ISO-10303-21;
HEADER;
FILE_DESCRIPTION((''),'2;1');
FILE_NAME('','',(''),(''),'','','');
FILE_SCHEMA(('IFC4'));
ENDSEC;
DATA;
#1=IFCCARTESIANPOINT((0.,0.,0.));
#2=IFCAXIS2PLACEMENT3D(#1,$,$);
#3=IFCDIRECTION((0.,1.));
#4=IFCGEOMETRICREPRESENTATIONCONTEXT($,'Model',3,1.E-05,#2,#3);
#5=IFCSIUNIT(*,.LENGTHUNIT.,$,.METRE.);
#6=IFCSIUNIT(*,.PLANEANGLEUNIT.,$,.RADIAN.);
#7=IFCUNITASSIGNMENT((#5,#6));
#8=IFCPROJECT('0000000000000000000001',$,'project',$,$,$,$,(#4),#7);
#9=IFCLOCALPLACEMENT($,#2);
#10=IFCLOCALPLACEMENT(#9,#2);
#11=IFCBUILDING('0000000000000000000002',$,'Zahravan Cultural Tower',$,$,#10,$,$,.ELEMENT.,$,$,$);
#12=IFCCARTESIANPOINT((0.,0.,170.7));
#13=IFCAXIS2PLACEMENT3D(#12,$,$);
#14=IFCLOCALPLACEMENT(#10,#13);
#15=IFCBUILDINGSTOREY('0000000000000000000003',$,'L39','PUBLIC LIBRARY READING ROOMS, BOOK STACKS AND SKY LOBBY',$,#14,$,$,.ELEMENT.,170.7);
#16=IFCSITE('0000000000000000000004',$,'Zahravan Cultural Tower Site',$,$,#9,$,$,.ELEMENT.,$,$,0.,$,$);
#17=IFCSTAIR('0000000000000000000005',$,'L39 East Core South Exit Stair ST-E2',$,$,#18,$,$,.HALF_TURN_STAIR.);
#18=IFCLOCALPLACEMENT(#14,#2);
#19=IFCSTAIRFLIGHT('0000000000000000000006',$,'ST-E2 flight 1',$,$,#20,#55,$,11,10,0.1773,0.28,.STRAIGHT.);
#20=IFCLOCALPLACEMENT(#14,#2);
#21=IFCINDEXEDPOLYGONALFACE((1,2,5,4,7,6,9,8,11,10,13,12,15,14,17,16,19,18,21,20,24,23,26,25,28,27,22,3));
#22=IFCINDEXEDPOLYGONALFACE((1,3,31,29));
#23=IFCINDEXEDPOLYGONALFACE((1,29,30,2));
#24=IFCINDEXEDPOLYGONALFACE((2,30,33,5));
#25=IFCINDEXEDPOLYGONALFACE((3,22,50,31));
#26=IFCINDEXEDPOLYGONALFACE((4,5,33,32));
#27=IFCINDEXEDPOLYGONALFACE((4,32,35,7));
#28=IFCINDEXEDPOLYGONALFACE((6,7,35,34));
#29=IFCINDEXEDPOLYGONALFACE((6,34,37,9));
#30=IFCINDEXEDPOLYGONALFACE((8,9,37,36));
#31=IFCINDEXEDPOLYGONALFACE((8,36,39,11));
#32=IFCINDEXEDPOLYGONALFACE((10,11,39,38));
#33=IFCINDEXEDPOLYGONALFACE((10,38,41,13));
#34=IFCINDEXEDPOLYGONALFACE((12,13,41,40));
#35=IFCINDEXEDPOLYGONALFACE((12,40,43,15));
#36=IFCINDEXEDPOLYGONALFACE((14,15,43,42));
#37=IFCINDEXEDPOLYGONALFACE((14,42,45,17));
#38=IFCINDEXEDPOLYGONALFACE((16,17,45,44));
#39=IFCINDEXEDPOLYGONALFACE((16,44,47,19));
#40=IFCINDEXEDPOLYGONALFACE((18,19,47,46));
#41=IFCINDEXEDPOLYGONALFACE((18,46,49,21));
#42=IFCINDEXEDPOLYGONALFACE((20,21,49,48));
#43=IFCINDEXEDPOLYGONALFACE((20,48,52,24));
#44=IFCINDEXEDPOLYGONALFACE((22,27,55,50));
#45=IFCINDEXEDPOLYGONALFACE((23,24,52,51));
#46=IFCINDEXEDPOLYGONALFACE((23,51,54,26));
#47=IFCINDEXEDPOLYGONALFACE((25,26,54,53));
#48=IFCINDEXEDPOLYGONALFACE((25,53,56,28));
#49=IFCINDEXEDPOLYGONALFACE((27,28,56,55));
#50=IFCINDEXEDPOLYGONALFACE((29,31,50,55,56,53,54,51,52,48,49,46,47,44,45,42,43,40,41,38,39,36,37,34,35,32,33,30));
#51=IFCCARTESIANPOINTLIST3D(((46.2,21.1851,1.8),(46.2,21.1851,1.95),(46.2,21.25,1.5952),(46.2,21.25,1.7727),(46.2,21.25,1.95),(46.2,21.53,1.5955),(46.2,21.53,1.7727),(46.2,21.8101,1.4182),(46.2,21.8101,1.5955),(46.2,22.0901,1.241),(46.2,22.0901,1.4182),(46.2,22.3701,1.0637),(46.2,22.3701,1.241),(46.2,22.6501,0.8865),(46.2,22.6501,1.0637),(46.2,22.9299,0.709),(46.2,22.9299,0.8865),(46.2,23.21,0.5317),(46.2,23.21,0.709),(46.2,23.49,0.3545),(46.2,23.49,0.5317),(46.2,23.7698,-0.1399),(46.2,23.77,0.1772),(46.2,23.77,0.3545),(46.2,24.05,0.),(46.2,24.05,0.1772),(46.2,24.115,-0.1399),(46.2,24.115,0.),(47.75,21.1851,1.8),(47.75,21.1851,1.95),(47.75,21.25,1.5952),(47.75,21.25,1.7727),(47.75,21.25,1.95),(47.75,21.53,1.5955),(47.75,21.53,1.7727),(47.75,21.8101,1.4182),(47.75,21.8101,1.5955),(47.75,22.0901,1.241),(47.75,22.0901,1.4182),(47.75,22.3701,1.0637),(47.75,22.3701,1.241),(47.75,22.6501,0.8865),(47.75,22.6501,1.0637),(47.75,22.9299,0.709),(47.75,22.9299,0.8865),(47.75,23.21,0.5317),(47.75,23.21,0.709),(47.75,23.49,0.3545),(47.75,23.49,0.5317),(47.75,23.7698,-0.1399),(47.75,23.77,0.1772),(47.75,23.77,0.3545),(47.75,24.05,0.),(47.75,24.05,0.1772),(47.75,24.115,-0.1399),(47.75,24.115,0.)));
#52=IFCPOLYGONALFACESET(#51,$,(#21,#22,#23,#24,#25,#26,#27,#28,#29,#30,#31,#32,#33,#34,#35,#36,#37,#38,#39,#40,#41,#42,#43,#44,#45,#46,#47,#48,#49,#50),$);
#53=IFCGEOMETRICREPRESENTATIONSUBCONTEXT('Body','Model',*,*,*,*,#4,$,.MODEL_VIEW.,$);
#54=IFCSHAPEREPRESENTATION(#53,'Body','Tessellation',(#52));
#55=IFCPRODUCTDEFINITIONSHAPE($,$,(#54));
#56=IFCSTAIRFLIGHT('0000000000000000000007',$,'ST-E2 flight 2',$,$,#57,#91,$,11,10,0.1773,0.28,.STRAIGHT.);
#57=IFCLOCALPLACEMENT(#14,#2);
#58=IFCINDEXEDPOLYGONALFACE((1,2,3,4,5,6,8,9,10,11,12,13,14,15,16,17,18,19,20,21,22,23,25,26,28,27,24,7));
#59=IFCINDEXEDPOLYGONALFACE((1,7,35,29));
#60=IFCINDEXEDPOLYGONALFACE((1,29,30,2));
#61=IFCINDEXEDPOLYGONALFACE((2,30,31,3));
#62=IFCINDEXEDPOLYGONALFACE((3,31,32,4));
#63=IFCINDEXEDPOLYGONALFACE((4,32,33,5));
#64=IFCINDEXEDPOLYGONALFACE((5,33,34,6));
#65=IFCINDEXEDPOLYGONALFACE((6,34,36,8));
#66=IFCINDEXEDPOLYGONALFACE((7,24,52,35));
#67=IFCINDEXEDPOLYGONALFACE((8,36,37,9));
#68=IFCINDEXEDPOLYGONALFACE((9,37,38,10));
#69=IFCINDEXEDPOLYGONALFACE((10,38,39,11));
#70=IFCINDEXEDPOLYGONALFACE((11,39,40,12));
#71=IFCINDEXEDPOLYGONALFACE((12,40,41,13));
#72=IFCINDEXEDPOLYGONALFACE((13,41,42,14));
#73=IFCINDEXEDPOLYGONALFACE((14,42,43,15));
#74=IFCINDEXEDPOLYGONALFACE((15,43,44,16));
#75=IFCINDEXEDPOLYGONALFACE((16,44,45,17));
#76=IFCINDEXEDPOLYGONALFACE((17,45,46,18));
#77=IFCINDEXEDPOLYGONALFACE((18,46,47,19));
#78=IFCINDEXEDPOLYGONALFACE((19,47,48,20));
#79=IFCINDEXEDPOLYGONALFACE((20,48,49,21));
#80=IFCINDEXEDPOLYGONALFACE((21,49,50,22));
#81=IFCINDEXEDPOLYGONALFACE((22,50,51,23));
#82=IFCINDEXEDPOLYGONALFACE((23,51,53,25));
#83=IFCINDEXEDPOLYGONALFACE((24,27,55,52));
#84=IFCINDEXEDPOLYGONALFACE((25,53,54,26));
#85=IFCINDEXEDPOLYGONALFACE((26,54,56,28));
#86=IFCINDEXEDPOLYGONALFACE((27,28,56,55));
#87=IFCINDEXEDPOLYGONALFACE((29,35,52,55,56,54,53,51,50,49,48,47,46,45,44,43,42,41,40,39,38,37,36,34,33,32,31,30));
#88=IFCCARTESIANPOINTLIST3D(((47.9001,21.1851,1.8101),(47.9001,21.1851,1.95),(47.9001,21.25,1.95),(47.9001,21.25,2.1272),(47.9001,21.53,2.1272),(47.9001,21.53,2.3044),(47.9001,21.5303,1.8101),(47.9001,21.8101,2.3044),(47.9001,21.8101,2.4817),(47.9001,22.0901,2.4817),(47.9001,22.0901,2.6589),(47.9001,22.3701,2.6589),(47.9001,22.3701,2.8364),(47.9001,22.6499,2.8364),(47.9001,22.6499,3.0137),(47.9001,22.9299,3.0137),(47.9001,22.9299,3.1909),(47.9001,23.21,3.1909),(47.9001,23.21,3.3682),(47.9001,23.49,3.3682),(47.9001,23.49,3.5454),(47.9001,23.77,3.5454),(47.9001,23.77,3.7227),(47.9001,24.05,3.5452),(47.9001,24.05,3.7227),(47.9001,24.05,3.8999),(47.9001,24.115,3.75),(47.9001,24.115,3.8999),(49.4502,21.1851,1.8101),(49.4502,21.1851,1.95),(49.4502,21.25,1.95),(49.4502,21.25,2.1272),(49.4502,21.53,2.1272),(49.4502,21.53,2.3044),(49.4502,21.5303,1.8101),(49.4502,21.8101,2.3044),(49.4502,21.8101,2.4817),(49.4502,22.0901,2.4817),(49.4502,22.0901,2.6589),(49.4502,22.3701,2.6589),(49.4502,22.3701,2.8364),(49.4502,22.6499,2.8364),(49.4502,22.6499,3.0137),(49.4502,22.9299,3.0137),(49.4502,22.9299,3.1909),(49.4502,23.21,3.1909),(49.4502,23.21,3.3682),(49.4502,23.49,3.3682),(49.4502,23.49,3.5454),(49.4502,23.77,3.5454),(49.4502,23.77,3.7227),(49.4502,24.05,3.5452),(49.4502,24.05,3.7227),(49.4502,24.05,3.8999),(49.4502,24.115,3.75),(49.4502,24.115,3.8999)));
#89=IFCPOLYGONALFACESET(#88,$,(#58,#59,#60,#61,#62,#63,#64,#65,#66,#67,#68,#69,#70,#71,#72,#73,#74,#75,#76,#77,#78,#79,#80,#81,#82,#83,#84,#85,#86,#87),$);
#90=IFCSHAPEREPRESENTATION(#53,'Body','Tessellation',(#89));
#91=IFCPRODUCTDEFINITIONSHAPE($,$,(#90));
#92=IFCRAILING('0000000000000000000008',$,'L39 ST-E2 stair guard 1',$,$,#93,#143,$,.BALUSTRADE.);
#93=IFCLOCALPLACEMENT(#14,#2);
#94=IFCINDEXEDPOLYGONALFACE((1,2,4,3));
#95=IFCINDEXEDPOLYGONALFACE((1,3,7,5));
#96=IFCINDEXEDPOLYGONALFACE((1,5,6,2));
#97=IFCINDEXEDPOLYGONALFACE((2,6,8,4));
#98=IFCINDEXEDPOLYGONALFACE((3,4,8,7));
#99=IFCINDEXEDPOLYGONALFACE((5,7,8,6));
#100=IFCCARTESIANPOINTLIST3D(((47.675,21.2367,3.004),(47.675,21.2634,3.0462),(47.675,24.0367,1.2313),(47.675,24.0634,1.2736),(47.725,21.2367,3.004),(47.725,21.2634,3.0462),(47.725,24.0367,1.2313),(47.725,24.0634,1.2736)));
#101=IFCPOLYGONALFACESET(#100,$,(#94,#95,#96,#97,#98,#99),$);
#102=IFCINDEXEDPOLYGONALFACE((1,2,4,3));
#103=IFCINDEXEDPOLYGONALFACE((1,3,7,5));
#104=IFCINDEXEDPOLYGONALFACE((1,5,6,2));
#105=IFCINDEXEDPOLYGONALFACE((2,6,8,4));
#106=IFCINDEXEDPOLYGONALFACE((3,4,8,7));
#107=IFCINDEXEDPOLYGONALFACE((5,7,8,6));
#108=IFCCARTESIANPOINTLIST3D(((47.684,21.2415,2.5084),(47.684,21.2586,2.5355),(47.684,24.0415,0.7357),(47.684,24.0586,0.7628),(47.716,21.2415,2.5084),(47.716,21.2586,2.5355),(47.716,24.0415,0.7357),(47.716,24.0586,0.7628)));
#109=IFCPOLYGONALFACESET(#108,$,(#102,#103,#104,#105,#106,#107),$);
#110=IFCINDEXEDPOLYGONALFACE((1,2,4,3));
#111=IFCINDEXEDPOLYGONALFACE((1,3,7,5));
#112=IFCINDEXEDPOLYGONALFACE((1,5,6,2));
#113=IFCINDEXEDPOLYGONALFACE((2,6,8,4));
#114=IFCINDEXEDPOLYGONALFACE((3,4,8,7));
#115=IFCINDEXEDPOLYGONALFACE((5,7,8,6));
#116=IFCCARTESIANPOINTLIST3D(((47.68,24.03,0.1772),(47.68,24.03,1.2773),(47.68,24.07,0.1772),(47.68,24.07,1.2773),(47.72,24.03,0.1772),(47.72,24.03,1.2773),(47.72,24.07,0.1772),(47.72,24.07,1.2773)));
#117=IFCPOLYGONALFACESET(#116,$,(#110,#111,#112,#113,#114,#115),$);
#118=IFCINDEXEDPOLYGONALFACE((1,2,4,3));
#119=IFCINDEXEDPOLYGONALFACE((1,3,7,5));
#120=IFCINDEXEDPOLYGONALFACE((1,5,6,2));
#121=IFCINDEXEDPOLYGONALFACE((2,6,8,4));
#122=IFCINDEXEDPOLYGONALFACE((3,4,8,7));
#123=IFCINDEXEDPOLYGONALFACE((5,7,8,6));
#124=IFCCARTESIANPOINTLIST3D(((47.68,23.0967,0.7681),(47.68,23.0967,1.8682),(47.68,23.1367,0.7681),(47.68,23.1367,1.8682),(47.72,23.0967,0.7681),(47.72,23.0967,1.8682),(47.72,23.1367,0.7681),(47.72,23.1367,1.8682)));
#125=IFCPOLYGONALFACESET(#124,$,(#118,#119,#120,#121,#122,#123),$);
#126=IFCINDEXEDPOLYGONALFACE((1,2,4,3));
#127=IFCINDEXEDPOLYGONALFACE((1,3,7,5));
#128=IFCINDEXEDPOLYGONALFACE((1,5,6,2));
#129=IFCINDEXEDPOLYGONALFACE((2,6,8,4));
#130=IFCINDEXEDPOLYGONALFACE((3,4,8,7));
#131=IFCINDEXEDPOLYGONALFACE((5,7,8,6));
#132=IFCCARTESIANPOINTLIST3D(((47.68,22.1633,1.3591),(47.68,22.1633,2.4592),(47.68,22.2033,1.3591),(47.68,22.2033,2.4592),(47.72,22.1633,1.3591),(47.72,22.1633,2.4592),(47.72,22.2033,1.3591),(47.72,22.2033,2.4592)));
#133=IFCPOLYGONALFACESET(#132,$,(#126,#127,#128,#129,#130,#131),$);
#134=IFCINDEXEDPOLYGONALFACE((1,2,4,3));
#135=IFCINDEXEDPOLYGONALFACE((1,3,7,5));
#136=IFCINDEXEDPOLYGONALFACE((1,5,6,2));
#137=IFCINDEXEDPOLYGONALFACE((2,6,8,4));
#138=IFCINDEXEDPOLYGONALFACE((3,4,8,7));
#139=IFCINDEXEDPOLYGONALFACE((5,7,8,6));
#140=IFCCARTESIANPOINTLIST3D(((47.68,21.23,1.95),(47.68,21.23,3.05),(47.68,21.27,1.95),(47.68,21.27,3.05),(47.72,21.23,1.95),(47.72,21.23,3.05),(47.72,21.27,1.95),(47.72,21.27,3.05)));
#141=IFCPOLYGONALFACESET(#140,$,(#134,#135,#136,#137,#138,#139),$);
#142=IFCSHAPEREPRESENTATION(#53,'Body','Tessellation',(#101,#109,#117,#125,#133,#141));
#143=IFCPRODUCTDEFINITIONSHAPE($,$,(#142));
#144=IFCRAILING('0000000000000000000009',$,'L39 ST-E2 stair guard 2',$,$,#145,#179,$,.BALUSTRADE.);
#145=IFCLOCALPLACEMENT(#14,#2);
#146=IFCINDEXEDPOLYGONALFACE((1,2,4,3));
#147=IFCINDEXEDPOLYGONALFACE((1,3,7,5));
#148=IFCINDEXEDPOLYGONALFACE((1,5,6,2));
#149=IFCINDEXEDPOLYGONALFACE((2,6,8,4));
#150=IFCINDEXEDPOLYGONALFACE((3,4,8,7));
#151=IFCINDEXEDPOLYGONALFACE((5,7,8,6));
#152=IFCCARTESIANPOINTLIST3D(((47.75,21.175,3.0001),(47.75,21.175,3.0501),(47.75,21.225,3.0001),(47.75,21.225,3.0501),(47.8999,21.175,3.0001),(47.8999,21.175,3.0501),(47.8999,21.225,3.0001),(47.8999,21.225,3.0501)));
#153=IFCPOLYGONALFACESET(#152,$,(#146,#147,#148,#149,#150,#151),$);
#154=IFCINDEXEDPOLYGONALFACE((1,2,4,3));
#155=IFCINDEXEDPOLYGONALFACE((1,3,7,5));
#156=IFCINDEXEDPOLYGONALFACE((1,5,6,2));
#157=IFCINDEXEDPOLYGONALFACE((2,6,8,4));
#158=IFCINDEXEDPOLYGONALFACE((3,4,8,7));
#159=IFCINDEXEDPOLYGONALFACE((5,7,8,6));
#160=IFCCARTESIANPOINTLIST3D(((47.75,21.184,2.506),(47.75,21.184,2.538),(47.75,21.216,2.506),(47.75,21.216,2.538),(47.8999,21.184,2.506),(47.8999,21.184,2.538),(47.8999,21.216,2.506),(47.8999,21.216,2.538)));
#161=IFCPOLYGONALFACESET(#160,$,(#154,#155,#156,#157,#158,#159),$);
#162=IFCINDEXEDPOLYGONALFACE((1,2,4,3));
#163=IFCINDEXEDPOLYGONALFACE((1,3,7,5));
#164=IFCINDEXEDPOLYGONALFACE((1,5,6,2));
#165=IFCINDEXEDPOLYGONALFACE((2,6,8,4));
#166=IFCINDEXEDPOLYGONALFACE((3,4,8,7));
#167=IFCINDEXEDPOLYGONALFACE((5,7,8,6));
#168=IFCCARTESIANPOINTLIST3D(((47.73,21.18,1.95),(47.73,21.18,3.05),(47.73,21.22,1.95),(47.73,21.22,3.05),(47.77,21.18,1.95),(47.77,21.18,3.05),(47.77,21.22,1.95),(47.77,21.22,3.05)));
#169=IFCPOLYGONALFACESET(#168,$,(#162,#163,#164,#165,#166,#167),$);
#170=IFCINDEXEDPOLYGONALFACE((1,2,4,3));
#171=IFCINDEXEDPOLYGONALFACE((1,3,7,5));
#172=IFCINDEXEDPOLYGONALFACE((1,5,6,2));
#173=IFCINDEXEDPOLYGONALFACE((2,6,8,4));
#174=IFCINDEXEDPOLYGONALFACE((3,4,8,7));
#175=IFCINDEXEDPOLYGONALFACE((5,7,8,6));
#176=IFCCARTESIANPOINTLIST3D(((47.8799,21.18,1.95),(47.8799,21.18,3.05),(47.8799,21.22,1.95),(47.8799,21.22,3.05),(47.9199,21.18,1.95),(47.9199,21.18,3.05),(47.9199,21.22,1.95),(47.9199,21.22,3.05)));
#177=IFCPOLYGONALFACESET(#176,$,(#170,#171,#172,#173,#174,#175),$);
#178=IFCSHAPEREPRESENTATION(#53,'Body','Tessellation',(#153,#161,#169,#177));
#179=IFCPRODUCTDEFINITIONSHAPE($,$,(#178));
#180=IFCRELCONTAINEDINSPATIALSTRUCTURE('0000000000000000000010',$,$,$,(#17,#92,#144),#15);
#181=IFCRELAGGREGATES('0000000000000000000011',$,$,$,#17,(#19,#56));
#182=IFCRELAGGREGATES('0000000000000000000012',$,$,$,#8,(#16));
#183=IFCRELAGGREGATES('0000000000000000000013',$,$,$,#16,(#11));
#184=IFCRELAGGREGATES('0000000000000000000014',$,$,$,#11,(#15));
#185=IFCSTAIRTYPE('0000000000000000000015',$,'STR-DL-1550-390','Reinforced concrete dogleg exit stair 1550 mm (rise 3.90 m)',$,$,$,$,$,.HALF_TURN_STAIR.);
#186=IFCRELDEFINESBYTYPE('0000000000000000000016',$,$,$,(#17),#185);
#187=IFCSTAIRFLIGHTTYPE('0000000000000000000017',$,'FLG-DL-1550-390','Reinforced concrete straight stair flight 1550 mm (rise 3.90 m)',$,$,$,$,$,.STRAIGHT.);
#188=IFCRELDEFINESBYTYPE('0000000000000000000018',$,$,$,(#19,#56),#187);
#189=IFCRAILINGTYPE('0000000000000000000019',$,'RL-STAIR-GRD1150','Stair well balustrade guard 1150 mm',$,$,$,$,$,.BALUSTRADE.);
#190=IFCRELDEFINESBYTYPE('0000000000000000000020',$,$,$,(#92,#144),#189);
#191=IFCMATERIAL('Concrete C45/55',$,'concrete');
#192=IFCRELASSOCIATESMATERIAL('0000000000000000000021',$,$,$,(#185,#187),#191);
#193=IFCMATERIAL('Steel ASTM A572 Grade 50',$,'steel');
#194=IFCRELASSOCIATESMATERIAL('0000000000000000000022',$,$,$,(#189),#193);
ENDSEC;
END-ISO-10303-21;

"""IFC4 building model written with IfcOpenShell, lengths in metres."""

from ifc_helpers import new_model, si_unit, direction, frame, origin, origin_2d, place, context, subcontext, project, spatial, polyline, rectangle, outline, extrude, material, type_object, element, aggregate, save


model = new_model("IFC4")

# Units and contexts
model_context = context("Model", 3, precision=1e-05, world=origin(), true_north=direction((0.0, 1.0)))
body_context = subcontext(model_context, "Body", "Model", "MODEL_VIEW")
ifc_project = project(units=[si_unit("LENGTHUNIT", "METRE"), si_unit("PLANEANGLEUNIT", "RADIAN")], contexts=[model_context])

# Site, building, storey
site_placement = place(None, origin())
site = spatial("IfcSite", under=ifc_project, at=site_placement, Name="Zahravan Cultural Tower Site", CompositionType="ELEMENT", RefElevation=0.0)
building_placement = place(site_placement, origin())
building = spatial("IfcBuilding", under=site, at=building_placement, Name="Zahravan Cultural Tower", CompositionType="ELEMENT")
storey_placement = place(building_placement, frame((0.0, 0.0, 170.7)))
storey = spatial("IfcBuildingStorey", under=building, at=storey_placement, Name="L39", Description="PUBLIC LIBRARY READING ROOMS, BOOK STACKS AND SKY LOBBY", CompositionType="ELEMENT", Elevation=170.7)

# Shared definitions
ifc_material_1 = material(Name="Concrete C45/55", Category="concrete")

# Stair, stair flights
stair_type = type_object("IfcStairType", Name="STR-DL-1550-390", Description="Reinforced concrete dogleg exit stair 1550 mm (rise 3.90 m)", PredefinedType="HALF_TURN_STAIR", material=ifc_material_1)
stair_placement = place(storey_placement, origin())
stair = element("IfcStair", 1, at=stair_placement, inside=storey, type_object=stair_type, Name="L39 East Core South Exit Stair ST-E2", PredefinedType="HALF_TURN_STAIR")
stair_flight_type = type_object("IfcStairFlightType", Name="FLG-DL-1550-390", Description="Reinforced concrete straight stair flight 1550 mm (rise 3.90 m)", PredefinedType="STRAIGHT", material=ifc_material_1)
stair_flight_1_placement = place(storey_placement, frame((46.9751, 24.05, 0.0), z_axis=(0.0, 0.0, 1.0), x_axis=(0.0, -1.0, 0.0)))
stair_flight_1 = element("IfcStairFlight", 2, at=stair_flight_1_placement, type_object=stair_flight_type, Name="ST-E2 flight 1", NumberOfRisers=11, NumberOfTreads=10, PredefinedType="STRAIGHT", RiserHeight=0.1773, TreadLength=0.28, context=body_context, shape_type="SweptSolid", body=[
    extrude(outline(polyline([(-0.0649, -0.1399), (-0.0649, 0.0), (0.0, 0.0), (0.0, 0.1772), (0.28, 0.1772), (0.28, 0.3545), (0.5601, 0.3545), (0.5601, 0.5317), (0.8401, 0.5317), (0.8401, 0.709), (1.1201, 0.709), (1.1201, 0.8865), (1.3999, 0.8865), (1.3999, 1.0637), (1.6799, 1.0637), (1.6799, 1.241), (1.96, 1.241), (1.96, 1.4182), (2.24, 1.4182), (2.24, 1.5955), (2.52, 1.5955), (2.52, 1.7727), (2.8, 1.7727), (2.8, 1.95), (2.865, 1.95), (2.865, 1.8), (2.8, 1.5952), (0.2803, -0.1399), (-0.0649, -0.1399)])), frame((0.0, 0.7749, 0.0), z_axis=(0.0, -1.0, 0.0), x_axis=(1.0, 0.0, 0.0)), (0.0, 0.0, 1.0), 1.55),
])
stair_flight_2_placement = place(storey_placement, frame((48.675, 21.25, 1.95), z_axis=(0.0, 0.0, 1.0), x_axis=(0.0, 1.0, 0.0)))
stair_flight_2 = element("IfcStairFlight", 3, at=stair_flight_2_placement, type_object=stair_flight_type, Name="ST-E2 flight 2", NumberOfRisers=11, NumberOfTreads=10, PredefinedType="STRAIGHT", RiserHeight=0.1773, TreadLength=0.28, context=body_context, shape_type="SweptSolid", body=[
    extrude(outline(polyline([(-0.0649, -0.1399), (-0.0649, 0.0), (0.0, 0.0), (0.0, 0.1772), (0.28, 0.1772), (0.28, 0.3545), (0.5601, 0.3545), (0.5601, 0.5317), (0.8401, 0.5317), (0.8401, 0.709), (1.1201, 0.709), (1.1201, 0.8865), (1.3999, 0.8865), (1.3999, 1.0637), (1.6799, 1.0637), (1.6799, 1.241), (1.96, 1.241), (1.96, 1.4182), (2.24, 1.4182), (2.24, 1.5955), (2.52, 1.5955), (2.52, 1.7727), (2.8, 1.7727), (2.8, 1.95), (2.865, 1.95), (2.865, 1.8), (2.8, 1.5952), (0.2803, -0.1399), (-0.0649, -0.1399)])), frame((0.0, 0.7749, 0.0), z_axis=(0.0, -1.0, 0.0), x_axis=(1.0, 0.0, 0.0)), (0.0, 0.0, 1.0), 1.55),
])
aggregate(stair, [stair_flight_1, stair_flight_2])

# Railings
ifc_material_2 = material(Name="Steel ASTM A572 Grade 50", Category="steel")
railing_type_1 = type_object("IfcRailingType", Name="RL-STAIR-GRD1150", Description="Stair well balustrade guard 1150 mm", PredefinedType="BALUSTRADE", material=ifc_material_2)
railing_1_placement = place(storey_placement, frame((47.7, 24.05, 0.1772)))
element("IfcRailing", 4, at=railing_1_placement, inside=storey, type_object=railing_type_1, Name="L39 ST-E2 stair guard 1", PredefinedType="BALUSTRADE", context=body_context, shape_type="SweptSolid", body=[
    extrude(rectangle(XDim=0.05, YDim=0.05, at=origin_2d()), frame((0.0, 0.0, 1.0752), z_axis=(0.0, -0.844909, 0.53491), x_axis=(1.0, 0.0, 0.0)), (0.0, 0.0, 1.0), 3.314),
    extrude(rectangle(XDim=0.032, YDim=0.032, at=origin_2d()), frame((0.0, 0.0, 0.572), z_axis=(0.0, -0.844909, 0.53491), x_axis=(1.0, 0.0, 0.0)), (0.0, 0.0, 1.0), 3.314),
    extrude(rectangle(XDim=0.04, YDim=0.04, at=origin_2d()), origin(), (0.0, 0.0, 1.0), 1.1001),
    extrude(rectangle(XDim=0.04, YDim=0.04, at=origin_2d()), frame((0.0, -0.9333, 0.5908)), (0.0, 0.0, 1.0), 1.1001),
    extrude(rectangle(XDim=0.04, YDim=0.04, at=origin_2d()), frame((0.0, -1.8667, 1.1819)), (0.0, 0.0, 1.0), 1.1001),
    extrude(rectangle(XDim=0.04, YDim=0.04, at=origin_2d()), frame((0.0, -2.8, 1.7727)), (0.0, 0.0, 1.0), 1.1001),
])
railing_2_placement = place(storey_placement, frame((47.75, 21.2, 1.95)))
element("IfcRailing", 5, at=railing_2_placement, inside=storey, type_object=railing_type_1, Name="L39 ST-E2 stair guard 2", PredefinedType="BALUSTRADE", context=body_context, shape_type="SweptSolid", body=[
    extrude(rectangle(XDim=0.05, YDim=0.05, at=origin_2d()), frame((0.0, 0.0, 1.0752), z_axis=(1.0, 0.0, 0.0), x_axis=(0.0, 1.0, 0.0)), (0.0, 0.0, 1.0), 0.1499),
    extrude(rectangle(XDim=0.032, YDim=0.032, at=origin_2d()), frame((0.0, 0.0, 0.572), z_axis=(1.0, 0.0, 0.0), x_axis=(0.0, 1.0, 0.0)), (0.0, 0.0, 1.0), 0.1499),
    extrude(rectangle(XDim=0.04, YDim=0.04, at=origin_2d()), origin(), (0.0, 0.0, 1.0), 1.1001),
    extrude(rectangle(XDim=0.04, YDim=0.04, at=origin_2d()), frame((0.1499, 0.0, 0.0)), (0.0, 0.0, 1.0), 1.1001),
])

save(model, "model.ifc")
